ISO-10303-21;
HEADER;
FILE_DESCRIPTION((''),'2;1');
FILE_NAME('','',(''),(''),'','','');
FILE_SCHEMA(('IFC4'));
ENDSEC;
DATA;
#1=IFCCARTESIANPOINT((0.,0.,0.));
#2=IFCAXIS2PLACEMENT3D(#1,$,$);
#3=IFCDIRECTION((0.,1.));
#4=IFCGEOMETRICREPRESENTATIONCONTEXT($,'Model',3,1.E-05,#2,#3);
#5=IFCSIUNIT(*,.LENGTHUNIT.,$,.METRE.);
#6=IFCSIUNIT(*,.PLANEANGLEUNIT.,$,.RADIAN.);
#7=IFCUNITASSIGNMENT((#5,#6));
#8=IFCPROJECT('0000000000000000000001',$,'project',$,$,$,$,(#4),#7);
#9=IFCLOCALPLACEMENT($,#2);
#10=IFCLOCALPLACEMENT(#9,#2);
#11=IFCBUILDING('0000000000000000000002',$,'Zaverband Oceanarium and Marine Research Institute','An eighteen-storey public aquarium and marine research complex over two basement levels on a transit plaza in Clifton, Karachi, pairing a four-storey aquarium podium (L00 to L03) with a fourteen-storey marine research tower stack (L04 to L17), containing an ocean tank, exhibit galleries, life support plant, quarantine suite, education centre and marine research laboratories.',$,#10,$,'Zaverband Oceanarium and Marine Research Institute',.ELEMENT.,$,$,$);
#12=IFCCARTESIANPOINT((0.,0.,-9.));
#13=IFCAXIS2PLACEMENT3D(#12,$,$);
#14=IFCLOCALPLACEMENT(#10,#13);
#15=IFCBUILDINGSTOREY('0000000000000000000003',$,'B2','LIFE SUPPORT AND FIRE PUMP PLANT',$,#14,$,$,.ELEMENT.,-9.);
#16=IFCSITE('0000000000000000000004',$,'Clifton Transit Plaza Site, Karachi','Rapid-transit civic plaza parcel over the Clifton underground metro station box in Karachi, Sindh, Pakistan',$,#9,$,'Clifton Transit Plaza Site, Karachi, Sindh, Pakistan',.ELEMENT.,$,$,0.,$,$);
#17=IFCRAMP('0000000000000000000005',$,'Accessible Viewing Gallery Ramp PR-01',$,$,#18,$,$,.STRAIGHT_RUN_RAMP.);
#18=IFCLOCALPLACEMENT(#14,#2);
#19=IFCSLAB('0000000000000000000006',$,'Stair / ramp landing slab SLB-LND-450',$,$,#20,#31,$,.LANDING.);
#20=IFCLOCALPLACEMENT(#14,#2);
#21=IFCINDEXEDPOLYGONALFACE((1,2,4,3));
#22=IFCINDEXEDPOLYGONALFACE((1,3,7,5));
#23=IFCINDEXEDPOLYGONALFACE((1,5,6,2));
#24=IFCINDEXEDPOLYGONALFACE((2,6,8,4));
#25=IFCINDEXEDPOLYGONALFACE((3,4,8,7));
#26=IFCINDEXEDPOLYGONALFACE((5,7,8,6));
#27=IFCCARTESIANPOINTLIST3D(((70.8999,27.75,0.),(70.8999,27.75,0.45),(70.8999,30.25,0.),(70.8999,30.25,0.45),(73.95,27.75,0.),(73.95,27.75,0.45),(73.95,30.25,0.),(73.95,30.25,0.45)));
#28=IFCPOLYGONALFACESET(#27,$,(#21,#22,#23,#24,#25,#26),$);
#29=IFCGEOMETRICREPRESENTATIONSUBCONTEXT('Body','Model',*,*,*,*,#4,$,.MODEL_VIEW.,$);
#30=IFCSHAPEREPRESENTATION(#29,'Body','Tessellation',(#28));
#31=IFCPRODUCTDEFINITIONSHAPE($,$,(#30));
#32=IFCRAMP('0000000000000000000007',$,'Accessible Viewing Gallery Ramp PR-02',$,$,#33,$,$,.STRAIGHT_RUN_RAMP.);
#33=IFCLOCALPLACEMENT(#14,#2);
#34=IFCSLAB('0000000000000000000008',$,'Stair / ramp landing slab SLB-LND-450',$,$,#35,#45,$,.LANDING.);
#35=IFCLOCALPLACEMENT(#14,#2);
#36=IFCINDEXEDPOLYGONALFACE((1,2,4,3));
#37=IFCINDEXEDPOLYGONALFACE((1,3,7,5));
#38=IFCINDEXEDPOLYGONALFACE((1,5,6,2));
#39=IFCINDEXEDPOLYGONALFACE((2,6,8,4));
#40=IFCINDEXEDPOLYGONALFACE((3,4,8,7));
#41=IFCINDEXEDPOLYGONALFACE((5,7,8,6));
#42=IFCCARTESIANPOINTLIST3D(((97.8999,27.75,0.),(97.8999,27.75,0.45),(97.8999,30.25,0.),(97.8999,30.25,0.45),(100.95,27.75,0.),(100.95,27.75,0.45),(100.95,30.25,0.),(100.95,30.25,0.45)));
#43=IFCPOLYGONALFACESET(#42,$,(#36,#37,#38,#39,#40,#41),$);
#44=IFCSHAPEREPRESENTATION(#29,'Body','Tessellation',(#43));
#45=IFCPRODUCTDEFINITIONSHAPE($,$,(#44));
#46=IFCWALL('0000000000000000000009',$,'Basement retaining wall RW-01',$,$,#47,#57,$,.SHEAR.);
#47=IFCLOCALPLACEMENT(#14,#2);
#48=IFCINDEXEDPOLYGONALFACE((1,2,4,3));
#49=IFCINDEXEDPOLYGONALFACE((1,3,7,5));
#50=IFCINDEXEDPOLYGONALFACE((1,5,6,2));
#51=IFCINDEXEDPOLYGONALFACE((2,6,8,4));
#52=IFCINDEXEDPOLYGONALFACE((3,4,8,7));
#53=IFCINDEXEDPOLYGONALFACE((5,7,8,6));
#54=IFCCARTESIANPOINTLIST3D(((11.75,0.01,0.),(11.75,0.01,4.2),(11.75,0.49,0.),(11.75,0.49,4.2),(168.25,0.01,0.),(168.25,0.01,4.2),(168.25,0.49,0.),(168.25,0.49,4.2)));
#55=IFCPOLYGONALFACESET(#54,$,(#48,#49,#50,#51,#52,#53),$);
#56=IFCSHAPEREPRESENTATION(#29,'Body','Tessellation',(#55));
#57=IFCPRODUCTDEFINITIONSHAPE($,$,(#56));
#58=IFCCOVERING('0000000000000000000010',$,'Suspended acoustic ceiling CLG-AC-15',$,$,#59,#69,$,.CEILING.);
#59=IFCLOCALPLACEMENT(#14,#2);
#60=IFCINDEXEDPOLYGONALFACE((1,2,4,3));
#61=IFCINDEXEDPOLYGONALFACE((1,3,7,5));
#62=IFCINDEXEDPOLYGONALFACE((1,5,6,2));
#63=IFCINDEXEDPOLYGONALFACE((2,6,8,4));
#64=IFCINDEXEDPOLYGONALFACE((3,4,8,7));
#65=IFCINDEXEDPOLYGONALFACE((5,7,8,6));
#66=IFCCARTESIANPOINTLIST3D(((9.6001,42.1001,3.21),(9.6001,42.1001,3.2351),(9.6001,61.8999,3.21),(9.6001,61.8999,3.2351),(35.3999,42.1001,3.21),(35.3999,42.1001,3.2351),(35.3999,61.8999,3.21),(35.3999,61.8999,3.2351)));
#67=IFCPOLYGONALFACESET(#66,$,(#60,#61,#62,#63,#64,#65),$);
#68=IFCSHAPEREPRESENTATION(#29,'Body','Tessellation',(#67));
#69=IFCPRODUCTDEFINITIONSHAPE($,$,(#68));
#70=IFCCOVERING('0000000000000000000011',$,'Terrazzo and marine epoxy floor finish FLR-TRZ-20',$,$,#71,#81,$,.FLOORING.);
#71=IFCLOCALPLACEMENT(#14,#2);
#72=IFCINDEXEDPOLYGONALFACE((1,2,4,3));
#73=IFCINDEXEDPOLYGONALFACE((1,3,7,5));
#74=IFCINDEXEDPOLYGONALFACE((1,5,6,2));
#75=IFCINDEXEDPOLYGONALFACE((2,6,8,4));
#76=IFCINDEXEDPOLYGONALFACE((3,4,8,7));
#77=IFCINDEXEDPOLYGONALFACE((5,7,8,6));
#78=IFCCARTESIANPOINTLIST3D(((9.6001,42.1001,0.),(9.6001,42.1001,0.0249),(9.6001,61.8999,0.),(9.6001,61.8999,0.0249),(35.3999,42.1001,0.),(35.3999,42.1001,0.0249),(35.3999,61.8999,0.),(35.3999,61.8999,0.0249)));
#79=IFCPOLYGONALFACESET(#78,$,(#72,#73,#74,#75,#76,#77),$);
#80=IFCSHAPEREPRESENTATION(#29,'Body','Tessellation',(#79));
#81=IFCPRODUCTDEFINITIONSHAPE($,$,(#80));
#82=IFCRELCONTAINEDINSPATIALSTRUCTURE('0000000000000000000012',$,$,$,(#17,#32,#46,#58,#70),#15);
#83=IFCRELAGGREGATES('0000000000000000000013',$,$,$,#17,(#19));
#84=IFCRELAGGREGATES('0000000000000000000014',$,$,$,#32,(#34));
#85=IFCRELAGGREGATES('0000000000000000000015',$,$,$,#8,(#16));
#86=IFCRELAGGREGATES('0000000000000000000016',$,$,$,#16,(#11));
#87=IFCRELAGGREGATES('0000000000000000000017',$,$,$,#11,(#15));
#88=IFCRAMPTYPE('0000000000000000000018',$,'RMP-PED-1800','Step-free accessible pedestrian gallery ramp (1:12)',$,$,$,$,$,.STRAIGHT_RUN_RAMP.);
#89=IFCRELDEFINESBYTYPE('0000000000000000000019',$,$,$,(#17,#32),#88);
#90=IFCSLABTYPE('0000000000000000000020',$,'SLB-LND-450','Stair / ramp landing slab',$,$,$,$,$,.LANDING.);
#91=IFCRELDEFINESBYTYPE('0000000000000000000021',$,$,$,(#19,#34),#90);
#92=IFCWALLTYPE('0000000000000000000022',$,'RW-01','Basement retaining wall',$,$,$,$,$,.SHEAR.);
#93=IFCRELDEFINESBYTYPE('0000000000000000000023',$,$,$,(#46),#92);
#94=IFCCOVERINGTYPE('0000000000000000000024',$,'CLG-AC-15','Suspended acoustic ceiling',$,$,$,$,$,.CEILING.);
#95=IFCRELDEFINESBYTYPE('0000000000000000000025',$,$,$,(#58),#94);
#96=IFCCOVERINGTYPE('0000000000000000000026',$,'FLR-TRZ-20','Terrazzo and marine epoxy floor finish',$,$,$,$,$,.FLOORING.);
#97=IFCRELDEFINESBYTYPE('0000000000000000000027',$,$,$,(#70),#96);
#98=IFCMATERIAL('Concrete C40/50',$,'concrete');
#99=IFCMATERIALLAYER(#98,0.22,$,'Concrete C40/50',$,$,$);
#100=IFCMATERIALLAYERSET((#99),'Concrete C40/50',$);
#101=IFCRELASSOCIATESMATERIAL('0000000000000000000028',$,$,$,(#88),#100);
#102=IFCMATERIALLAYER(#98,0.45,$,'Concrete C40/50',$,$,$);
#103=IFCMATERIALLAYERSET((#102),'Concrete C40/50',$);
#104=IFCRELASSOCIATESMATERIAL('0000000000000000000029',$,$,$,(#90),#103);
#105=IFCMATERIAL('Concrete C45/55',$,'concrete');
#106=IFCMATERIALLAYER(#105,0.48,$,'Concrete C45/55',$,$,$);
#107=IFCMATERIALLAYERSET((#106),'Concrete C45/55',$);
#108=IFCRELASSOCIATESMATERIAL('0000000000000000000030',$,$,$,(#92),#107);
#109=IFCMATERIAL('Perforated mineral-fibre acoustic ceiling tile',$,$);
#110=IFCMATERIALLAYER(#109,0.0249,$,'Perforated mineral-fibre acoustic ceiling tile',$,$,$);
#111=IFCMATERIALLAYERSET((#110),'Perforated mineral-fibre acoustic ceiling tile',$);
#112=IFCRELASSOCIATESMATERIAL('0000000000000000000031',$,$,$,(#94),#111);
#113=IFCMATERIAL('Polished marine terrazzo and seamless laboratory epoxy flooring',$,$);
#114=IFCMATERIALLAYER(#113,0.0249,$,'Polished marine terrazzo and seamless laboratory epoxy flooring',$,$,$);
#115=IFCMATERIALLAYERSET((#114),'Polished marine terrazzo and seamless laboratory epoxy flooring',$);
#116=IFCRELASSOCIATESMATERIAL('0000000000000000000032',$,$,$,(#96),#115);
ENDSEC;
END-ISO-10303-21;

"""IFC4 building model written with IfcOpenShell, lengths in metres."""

from ifc_helpers import new_model, si_unit, direction, frame, frame_2d, origin, place, context, subcontext, project, spatial, polyline, rectangle, outline, extrude, material, layer, layer_set, type_object, element, aggregate, save


model = new_model("IFC4")

# Units and contexts
model_context = context("Model", 3, precision=1e-05, world=origin(), true_north=direction((0.0, 1.0)))
body_context = subcontext(model_context, "Body", "Model", "MODEL_VIEW")
ifc_project = project(units=[si_unit("LENGTHUNIT", "METRE"), si_unit("PLANEANGLEUNIT", "RADIAN")], contexts=[model_context])

# Site, building, storey
site_placement = place(None, origin())
site = spatial("IfcSite", under=ifc_project, at=site_placement, Name="Clifton Transit Plaza Site, Karachi", Description="Rapid-transit civic plaza parcel over the Clifton underground metro station box in Karachi, Sindh, Pakistan", LongName="Clifton Transit Plaza Site, Karachi, Sindh, Pakistan", CompositionType="ELEMENT", RefElevation=0.0)
building_placement = place(site_placement, origin())
building = spatial("IfcBuilding", under=site, at=building_placement, Name="Zaverband Oceanarium and Marine Research Institute", Description="An eighteen-storey public aquarium and marine research complex over two basement levels on a transit plaza in Clifton, Karachi, pairing a four-storey aquarium podium (L00 to L03) with a fourteen-storey marine research tower stack (L04 to L17), containing an ocean tank, exhibit galleries, life support plant, quarantine suite, education centre and marine research laboratories.", LongName="Zaverband Oceanarium and Marine Research Institute", CompositionType="ELEMENT")
storey_placement = place(building_placement, frame((0.0, 0.0, -9.0)))
storey = spatial("IfcBuildingStorey", under=building, at=storey_placement, Name="B2", Description="LIFE SUPPORT AND FIRE PUMP PLANT", CompositionType="ELEMENT", Elevation=-9.0)

# Shared definitions
ifc_material_1 = material(Name="Concrete C40/50", Category="concrete")

# Ramps, slabs
ifc_layer_1 = layer(ifc_material_1, 0.22, Name="Concrete C40/50")
ifc_layer_set_1 = layer_set([ifc_layer_1], Name="Concrete C40/50")
ramp_type = type_object("IfcRampType", Name="RMP-PED-1800", Description="Step-free accessible pedestrian gallery ramp (1:12)", PredefinedType="STRAIGHT_RUN_RAMP", material=ifc_layer_set_1)
ramp_1_placement = place(storey_placement, origin())
ramp_1 = element("IfcRamp", 1, at=ramp_1_placement, inside=storey, type_object=ramp_type, Name="Accessible Viewing Gallery Ramp PR-01", PredefinedType="STRAIGHT_RUN_RAMP")
ifc_layer_2 = layer(ifc_material_1, 0.45, Name="Concrete C40/50")
ifc_layer_set_2 = layer_set([ifc_layer_2], Name="Concrete C40/50")
slab_type_1 = type_object("IfcSlabType", Name="SLB-LND-450", Description="Stair / ramp landing slab", PredefinedType="LANDING", material=ifc_layer_set_2)
slab_1_placement = place(storey_placement, origin())
slab_1 = element("IfcSlab", 2, at=slab_1_placement, type_object=slab_type_1, Name="Stair / ramp landing slab SLB-LND-450", PredefinedType="LANDING", context=body_context, shape_type="SweptSolid", body=[
    extrude(outline(polyline([(70.8999, 27.75), (73.95, 27.75), (73.95, 30.25), (70.8999, 30.25), (70.8999, 27.75)])), origin(), (0.0, 0.0, 1.0), 0.45),
])
aggregate(ramp_1, [slab_1])
ramp_2_placement = place(storey_placement, origin())
ramp_2 = element("IfcRamp", 3, at=ramp_2_placement, inside=storey, type_object=ramp_type, Name="Accessible Viewing Gallery Ramp PR-02", PredefinedType="STRAIGHT_RUN_RAMP")
slab_2_placement = place(storey_placement, origin())
slab_2 = element("IfcSlab", 4, at=slab_2_placement, type_object=slab_type_1, Name="Stair / ramp landing slab SLB-LND-450", PredefinedType="LANDING", context=body_context, shape_type="SweptSolid", body=[
    extrude(outline(polyline([(97.8999, 27.75), (100.95, 27.75), (100.95, 30.25), (97.8999, 30.25), (97.8999, 27.75)])), origin(), (0.0, 0.0, 1.0), 0.45),
])
aggregate(ramp_2, [slab_2])

# Wall
ifc_material_2 = material(Name="Concrete C45/55", Category="concrete")
ifc_layer_3 = layer(ifc_material_2, 0.48, Name="Concrete C45/55")
ifc_layer_set_3 = layer_set([ifc_layer_3], Name="Concrete C45/55")
wall_type = type_object("IfcWallType", Name="RW-01", Description="Basement retaining wall", PredefinedType="SHEAR", material=ifc_layer_set_3)
wall_placement = place(storey_placement, frame((11.75, 0.25, 0.0), z_axis=(0.0, 0.0, 1.0), x_axis=(1.0, 0.0, 0.0)))
element("IfcWall", 5, at=wall_placement, inside=storey, type_object=wall_type, Name="Basement retaining wall RW-01", PredefinedType="SHEAR", context=body_context, shape_type="SweptSolid", body=[
    extrude(rectangle(XDim=156.5, YDim=0.48, at=frame_2d((78.25, 0.0))), origin(), (0.0, 0.0, 1.0), 4.2),
])

# Coverings
ifc_material_3 = material(Name="Perforated mineral-fibre acoustic ceiling tile")
ifc_layer_4 = layer(ifc_material_3, 0.0249, Name="Perforated mineral-fibre acoustic ceiling tile")
ifc_layer_set_4 = layer_set([ifc_layer_4], Name="Perforated mineral-fibre acoustic ceiling tile")
covering_type_1 = type_object("IfcCoveringType", Name="CLG-AC-15", Description="Suspended acoustic ceiling", PredefinedType="CEILING", material=ifc_layer_set_4)
covering_1_placement = place(storey_placement, frame((0.0, 0.0, 3.21)))
element("IfcCovering", 6, at=covering_1_placement, inside=storey, type_object=covering_type_1, Name="Suspended acoustic ceiling CLG-AC-15", PredefinedType="CEILING", context=body_context, shape_type="SweptSolid", body=[
    extrude(outline(polyline([(9.6001, 42.1001), (35.3999, 42.1001), (35.3999, 61.8999), (9.6001, 61.8999), (9.6001, 42.1001)])), origin(), (0.0, 0.0, 1.0), 0.0251),
])
ifc_material_4 = material(Name="Polished marine terrazzo and seamless laboratory epoxy flooring")
ifc_layer_5 = layer(ifc_material_4, 0.0249, Name="Polished marine terrazzo and seamless laboratory epoxy flooring")
ifc_layer_set_5 = layer_set([ifc_layer_5], Name="Polished marine terrazzo and seamless laboratory epoxy flooring")
covering_type_2 = type_object("IfcCoveringType", Name="FLR-TRZ-20", Description="Terrazzo and marine epoxy floor finish", PredefinedType="FLOORING", material=ifc_layer_set_5)
covering_2_placement = place(storey_placement, origin())
element("IfcCovering", 7, at=covering_2_placement, inside=storey, type_object=covering_type_2, Name="Terrazzo and marine epoxy floor finish FLR-TRZ-20", PredefinedType="FLOORING", context=body_context, shape_type="SweptSolid", body=[
    extrude(outline(polyline([(9.6001, 42.1001), (35.3999, 42.1001), (35.3999, 61.8999), (9.6001, 61.8999), (9.6001, 42.1001)])), origin(), (0.0, 0.0, 1.0), 0.0249),
])

save(model, "model.ifc")
